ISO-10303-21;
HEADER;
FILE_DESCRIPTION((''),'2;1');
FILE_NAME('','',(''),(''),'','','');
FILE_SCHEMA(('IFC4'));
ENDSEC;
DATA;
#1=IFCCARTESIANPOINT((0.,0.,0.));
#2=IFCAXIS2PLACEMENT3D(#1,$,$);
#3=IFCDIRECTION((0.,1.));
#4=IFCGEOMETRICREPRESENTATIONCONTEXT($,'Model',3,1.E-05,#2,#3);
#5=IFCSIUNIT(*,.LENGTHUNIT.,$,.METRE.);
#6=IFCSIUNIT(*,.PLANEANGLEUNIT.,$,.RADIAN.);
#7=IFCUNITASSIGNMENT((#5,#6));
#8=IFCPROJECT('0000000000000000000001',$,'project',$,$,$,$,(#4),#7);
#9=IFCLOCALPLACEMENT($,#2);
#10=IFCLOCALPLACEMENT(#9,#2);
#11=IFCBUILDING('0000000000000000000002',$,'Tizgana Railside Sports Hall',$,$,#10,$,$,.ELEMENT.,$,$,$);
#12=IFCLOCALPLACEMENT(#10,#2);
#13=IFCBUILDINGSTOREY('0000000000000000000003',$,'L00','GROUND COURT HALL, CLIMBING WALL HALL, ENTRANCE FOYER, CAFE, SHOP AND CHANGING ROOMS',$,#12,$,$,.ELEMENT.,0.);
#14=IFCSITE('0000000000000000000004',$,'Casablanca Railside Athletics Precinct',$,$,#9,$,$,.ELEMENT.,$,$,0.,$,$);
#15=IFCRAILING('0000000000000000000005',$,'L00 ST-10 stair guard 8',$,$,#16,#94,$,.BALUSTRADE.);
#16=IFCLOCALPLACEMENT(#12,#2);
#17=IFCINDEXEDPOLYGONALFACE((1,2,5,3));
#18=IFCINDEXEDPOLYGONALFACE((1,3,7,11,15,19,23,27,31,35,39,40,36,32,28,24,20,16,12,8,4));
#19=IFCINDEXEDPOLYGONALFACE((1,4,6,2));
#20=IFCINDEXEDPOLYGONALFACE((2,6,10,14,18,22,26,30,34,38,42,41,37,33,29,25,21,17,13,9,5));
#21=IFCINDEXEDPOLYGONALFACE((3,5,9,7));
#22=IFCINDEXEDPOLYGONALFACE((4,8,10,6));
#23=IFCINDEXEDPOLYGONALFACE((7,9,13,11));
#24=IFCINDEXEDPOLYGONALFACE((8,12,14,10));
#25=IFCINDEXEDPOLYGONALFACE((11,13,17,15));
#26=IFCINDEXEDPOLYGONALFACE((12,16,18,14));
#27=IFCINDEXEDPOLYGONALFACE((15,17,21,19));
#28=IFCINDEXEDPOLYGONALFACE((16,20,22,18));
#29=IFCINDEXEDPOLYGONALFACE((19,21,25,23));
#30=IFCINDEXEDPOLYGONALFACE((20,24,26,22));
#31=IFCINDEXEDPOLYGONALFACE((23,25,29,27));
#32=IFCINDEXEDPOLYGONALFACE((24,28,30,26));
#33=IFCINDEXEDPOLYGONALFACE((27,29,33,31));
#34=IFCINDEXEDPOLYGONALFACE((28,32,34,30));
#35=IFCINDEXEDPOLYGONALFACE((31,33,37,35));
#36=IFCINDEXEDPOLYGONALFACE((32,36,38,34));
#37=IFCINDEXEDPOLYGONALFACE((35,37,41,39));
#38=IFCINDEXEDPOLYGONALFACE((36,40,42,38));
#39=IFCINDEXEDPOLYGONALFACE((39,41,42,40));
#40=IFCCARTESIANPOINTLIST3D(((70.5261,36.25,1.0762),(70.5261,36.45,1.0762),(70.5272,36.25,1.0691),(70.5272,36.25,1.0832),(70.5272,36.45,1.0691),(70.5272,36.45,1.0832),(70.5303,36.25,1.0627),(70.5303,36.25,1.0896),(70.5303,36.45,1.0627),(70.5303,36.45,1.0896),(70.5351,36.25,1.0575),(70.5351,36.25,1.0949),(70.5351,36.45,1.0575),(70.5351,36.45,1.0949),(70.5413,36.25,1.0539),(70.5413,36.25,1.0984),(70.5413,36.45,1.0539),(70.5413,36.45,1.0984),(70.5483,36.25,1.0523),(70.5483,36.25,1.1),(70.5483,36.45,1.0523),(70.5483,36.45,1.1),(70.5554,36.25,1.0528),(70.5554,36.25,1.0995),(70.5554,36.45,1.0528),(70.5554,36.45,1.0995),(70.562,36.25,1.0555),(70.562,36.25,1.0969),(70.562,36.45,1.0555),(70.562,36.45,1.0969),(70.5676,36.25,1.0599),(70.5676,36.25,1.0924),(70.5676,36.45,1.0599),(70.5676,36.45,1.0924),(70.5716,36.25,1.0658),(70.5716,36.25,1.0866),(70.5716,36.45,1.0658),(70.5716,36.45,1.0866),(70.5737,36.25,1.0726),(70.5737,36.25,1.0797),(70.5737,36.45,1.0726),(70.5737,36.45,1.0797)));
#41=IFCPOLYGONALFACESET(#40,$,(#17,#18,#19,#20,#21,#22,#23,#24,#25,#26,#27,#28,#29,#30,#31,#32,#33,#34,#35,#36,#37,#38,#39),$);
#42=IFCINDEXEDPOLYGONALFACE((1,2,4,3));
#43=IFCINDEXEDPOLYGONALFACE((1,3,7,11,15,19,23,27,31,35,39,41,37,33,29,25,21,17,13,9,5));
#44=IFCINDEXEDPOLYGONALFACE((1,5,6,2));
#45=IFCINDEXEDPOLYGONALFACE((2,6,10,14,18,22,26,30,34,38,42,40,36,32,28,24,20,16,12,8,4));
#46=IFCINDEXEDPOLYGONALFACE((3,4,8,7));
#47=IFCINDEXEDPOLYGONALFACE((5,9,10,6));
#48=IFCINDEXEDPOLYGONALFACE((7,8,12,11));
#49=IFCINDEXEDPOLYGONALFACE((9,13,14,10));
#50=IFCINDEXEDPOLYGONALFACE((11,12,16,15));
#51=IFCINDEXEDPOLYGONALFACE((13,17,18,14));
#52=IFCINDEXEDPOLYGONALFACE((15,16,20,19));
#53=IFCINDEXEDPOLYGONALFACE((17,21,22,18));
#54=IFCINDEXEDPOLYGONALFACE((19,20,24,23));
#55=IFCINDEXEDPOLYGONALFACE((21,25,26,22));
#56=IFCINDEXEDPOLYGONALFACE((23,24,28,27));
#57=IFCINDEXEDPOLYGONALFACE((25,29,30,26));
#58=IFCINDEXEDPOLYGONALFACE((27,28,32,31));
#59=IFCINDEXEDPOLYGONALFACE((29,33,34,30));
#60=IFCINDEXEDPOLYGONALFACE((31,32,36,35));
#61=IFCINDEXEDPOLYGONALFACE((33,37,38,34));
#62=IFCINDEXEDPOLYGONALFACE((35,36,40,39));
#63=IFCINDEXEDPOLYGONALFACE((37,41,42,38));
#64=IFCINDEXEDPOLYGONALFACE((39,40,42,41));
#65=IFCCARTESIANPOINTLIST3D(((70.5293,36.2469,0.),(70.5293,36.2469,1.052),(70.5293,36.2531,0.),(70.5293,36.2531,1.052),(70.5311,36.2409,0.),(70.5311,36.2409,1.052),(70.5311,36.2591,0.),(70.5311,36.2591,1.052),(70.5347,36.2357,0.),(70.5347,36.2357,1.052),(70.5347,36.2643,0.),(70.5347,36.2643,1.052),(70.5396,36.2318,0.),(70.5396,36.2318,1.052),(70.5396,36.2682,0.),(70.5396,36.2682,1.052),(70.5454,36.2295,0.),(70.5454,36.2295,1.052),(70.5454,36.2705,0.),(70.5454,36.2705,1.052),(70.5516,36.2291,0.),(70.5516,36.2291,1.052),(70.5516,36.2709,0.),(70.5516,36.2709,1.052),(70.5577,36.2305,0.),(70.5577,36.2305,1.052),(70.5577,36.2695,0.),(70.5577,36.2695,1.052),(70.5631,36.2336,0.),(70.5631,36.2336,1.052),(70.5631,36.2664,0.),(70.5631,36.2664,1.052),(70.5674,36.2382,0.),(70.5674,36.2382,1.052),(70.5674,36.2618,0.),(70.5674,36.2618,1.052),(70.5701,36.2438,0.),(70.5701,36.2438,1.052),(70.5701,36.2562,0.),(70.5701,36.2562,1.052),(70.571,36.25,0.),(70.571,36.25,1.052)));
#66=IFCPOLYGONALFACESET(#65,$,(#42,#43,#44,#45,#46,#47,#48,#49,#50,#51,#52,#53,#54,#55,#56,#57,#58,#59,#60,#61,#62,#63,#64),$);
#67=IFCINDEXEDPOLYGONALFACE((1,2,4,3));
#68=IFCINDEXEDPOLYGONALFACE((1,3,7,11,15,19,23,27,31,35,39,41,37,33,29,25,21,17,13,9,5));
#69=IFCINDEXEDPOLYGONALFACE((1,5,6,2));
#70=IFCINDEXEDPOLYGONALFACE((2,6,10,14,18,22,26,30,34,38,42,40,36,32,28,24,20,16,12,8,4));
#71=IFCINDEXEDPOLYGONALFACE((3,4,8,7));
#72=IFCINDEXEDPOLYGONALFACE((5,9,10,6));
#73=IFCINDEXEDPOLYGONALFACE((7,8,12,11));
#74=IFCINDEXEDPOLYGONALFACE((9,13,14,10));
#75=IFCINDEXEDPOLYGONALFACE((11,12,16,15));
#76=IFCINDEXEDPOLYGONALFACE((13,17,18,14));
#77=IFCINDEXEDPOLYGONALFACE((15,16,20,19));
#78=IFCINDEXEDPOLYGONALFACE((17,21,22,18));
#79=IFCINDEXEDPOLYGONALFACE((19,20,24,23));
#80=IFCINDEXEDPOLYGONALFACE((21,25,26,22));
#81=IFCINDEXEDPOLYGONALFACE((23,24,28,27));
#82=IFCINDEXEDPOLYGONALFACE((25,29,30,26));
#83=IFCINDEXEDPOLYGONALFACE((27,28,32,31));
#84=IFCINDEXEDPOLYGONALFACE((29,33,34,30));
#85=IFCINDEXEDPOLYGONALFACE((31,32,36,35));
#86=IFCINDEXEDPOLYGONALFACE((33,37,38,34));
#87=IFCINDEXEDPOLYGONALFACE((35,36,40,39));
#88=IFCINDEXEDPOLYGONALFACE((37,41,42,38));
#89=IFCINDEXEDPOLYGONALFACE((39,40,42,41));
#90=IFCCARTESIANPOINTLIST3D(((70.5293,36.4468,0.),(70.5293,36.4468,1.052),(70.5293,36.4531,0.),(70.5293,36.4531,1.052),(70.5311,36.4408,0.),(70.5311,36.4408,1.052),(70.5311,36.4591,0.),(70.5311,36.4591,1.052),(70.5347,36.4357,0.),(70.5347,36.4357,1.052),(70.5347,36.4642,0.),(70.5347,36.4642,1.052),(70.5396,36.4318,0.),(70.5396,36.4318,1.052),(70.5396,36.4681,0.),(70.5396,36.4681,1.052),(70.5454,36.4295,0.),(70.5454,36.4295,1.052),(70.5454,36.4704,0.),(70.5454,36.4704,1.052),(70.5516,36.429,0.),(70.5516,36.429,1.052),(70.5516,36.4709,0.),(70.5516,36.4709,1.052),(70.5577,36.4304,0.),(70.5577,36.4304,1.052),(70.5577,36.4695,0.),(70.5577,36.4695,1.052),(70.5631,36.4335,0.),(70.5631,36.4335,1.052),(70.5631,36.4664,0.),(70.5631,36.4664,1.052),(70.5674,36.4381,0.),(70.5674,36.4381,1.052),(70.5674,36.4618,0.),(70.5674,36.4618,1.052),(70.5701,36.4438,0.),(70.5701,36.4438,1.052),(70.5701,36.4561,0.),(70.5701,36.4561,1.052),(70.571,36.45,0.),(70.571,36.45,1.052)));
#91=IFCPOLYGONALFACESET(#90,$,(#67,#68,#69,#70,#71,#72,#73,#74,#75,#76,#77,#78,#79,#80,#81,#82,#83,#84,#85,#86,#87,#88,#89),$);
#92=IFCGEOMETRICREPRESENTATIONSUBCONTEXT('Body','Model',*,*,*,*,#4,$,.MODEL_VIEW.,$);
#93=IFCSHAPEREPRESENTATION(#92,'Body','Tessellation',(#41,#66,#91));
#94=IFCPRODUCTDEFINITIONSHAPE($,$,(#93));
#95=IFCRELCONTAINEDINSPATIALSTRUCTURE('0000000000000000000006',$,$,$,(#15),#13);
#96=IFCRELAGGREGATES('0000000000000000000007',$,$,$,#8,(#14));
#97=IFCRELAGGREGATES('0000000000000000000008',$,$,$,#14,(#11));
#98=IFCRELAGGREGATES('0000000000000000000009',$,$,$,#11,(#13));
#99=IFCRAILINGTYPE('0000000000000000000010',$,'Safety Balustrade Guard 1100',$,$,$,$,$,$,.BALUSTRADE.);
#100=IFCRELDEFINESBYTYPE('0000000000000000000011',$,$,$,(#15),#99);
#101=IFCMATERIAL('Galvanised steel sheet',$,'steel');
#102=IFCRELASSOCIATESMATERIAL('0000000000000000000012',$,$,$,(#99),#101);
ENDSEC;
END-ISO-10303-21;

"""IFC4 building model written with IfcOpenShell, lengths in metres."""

from ifc_helpers import new_model, si_unit, direction, frame, origin, origin_2d, place, context, subcontext, project, spatial, circle, extrude, material, type_object, element, save


model = new_model("IFC4")

# Units and contexts
model_context = context("Model", 3, precision=1e-05, world=origin(), true_north=direction((0.0, 1.0)))
body_context = subcontext(model_context, "Body", "Model", "MODEL_VIEW")
ifc_project = project(units=[si_unit("LENGTHUNIT", "METRE"), si_unit("PLANEANGLEUNIT", "RADIAN")], contexts=[model_context])

# Site, building, storey
site_placement = place(None, origin())
site = spatial("IfcSite", under=ifc_project, at=site_placement, Name="Casablanca Railside Athletics Precinct", CompositionType="ELEMENT", RefElevation=0.0)
building_placement = place(site_placement, origin())
building = spatial("IfcBuilding", under=site, at=building_placement, Name="Tizgana Railside Sports Hall", CompositionType="ELEMENT")
storey_placement = place(building_placement, origin())
storey = spatial("IfcBuildingStorey", under=building, at=storey_placement, Name="L00", Description="GROUND COURT HALL, CLIMBING WALL HALL, ENTRANCE FOYER, CAFE, SHOP AND CHANGING ROOMS", CompositionType="ELEMENT", Elevation=0.0)

# Railing
ifc_material_1 = material(Name="Galvanised steel sheet", Category="steel")
railing_type_1 = type_object("IfcRailingType", Name="Safety Balustrade Guard 1100", PredefinedType="BALUSTRADE", material=ifc_material_1)
railing_1_placement = place(storey_placement, frame((70.55, 36.25, 0.0)))
element("IfcRailing", 1, at=railing_1_placement, inside=storey, type_object=railing_type_1, Name="L00 ST-10 stair guard 8", PredefinedType="BALUSTRADE", context=body_context, shape_type="SweptSolid", body=[
    extrude(circle(Radius=0.0239, at=origin_2d()), frame((0.0, 0.0, 1.0762), z_axis=(0.0, 1.0, 0.0), x_axis=(-1.0, 0.0, 0.0)), (0.0, 0.0, 1.0), 0.2),
    extrude(circle(Radius=0.021, at=origin_2d()), origin(), (0.0, 0.0, 1.0), 1.052),
    extrude(circle(Radius=0.021, at=origin_2d()), frame((0.0, 0.2, 0.0)), (0.0, 0.0, 1.0), 1.052),
])

save(model, "model.ifc")
